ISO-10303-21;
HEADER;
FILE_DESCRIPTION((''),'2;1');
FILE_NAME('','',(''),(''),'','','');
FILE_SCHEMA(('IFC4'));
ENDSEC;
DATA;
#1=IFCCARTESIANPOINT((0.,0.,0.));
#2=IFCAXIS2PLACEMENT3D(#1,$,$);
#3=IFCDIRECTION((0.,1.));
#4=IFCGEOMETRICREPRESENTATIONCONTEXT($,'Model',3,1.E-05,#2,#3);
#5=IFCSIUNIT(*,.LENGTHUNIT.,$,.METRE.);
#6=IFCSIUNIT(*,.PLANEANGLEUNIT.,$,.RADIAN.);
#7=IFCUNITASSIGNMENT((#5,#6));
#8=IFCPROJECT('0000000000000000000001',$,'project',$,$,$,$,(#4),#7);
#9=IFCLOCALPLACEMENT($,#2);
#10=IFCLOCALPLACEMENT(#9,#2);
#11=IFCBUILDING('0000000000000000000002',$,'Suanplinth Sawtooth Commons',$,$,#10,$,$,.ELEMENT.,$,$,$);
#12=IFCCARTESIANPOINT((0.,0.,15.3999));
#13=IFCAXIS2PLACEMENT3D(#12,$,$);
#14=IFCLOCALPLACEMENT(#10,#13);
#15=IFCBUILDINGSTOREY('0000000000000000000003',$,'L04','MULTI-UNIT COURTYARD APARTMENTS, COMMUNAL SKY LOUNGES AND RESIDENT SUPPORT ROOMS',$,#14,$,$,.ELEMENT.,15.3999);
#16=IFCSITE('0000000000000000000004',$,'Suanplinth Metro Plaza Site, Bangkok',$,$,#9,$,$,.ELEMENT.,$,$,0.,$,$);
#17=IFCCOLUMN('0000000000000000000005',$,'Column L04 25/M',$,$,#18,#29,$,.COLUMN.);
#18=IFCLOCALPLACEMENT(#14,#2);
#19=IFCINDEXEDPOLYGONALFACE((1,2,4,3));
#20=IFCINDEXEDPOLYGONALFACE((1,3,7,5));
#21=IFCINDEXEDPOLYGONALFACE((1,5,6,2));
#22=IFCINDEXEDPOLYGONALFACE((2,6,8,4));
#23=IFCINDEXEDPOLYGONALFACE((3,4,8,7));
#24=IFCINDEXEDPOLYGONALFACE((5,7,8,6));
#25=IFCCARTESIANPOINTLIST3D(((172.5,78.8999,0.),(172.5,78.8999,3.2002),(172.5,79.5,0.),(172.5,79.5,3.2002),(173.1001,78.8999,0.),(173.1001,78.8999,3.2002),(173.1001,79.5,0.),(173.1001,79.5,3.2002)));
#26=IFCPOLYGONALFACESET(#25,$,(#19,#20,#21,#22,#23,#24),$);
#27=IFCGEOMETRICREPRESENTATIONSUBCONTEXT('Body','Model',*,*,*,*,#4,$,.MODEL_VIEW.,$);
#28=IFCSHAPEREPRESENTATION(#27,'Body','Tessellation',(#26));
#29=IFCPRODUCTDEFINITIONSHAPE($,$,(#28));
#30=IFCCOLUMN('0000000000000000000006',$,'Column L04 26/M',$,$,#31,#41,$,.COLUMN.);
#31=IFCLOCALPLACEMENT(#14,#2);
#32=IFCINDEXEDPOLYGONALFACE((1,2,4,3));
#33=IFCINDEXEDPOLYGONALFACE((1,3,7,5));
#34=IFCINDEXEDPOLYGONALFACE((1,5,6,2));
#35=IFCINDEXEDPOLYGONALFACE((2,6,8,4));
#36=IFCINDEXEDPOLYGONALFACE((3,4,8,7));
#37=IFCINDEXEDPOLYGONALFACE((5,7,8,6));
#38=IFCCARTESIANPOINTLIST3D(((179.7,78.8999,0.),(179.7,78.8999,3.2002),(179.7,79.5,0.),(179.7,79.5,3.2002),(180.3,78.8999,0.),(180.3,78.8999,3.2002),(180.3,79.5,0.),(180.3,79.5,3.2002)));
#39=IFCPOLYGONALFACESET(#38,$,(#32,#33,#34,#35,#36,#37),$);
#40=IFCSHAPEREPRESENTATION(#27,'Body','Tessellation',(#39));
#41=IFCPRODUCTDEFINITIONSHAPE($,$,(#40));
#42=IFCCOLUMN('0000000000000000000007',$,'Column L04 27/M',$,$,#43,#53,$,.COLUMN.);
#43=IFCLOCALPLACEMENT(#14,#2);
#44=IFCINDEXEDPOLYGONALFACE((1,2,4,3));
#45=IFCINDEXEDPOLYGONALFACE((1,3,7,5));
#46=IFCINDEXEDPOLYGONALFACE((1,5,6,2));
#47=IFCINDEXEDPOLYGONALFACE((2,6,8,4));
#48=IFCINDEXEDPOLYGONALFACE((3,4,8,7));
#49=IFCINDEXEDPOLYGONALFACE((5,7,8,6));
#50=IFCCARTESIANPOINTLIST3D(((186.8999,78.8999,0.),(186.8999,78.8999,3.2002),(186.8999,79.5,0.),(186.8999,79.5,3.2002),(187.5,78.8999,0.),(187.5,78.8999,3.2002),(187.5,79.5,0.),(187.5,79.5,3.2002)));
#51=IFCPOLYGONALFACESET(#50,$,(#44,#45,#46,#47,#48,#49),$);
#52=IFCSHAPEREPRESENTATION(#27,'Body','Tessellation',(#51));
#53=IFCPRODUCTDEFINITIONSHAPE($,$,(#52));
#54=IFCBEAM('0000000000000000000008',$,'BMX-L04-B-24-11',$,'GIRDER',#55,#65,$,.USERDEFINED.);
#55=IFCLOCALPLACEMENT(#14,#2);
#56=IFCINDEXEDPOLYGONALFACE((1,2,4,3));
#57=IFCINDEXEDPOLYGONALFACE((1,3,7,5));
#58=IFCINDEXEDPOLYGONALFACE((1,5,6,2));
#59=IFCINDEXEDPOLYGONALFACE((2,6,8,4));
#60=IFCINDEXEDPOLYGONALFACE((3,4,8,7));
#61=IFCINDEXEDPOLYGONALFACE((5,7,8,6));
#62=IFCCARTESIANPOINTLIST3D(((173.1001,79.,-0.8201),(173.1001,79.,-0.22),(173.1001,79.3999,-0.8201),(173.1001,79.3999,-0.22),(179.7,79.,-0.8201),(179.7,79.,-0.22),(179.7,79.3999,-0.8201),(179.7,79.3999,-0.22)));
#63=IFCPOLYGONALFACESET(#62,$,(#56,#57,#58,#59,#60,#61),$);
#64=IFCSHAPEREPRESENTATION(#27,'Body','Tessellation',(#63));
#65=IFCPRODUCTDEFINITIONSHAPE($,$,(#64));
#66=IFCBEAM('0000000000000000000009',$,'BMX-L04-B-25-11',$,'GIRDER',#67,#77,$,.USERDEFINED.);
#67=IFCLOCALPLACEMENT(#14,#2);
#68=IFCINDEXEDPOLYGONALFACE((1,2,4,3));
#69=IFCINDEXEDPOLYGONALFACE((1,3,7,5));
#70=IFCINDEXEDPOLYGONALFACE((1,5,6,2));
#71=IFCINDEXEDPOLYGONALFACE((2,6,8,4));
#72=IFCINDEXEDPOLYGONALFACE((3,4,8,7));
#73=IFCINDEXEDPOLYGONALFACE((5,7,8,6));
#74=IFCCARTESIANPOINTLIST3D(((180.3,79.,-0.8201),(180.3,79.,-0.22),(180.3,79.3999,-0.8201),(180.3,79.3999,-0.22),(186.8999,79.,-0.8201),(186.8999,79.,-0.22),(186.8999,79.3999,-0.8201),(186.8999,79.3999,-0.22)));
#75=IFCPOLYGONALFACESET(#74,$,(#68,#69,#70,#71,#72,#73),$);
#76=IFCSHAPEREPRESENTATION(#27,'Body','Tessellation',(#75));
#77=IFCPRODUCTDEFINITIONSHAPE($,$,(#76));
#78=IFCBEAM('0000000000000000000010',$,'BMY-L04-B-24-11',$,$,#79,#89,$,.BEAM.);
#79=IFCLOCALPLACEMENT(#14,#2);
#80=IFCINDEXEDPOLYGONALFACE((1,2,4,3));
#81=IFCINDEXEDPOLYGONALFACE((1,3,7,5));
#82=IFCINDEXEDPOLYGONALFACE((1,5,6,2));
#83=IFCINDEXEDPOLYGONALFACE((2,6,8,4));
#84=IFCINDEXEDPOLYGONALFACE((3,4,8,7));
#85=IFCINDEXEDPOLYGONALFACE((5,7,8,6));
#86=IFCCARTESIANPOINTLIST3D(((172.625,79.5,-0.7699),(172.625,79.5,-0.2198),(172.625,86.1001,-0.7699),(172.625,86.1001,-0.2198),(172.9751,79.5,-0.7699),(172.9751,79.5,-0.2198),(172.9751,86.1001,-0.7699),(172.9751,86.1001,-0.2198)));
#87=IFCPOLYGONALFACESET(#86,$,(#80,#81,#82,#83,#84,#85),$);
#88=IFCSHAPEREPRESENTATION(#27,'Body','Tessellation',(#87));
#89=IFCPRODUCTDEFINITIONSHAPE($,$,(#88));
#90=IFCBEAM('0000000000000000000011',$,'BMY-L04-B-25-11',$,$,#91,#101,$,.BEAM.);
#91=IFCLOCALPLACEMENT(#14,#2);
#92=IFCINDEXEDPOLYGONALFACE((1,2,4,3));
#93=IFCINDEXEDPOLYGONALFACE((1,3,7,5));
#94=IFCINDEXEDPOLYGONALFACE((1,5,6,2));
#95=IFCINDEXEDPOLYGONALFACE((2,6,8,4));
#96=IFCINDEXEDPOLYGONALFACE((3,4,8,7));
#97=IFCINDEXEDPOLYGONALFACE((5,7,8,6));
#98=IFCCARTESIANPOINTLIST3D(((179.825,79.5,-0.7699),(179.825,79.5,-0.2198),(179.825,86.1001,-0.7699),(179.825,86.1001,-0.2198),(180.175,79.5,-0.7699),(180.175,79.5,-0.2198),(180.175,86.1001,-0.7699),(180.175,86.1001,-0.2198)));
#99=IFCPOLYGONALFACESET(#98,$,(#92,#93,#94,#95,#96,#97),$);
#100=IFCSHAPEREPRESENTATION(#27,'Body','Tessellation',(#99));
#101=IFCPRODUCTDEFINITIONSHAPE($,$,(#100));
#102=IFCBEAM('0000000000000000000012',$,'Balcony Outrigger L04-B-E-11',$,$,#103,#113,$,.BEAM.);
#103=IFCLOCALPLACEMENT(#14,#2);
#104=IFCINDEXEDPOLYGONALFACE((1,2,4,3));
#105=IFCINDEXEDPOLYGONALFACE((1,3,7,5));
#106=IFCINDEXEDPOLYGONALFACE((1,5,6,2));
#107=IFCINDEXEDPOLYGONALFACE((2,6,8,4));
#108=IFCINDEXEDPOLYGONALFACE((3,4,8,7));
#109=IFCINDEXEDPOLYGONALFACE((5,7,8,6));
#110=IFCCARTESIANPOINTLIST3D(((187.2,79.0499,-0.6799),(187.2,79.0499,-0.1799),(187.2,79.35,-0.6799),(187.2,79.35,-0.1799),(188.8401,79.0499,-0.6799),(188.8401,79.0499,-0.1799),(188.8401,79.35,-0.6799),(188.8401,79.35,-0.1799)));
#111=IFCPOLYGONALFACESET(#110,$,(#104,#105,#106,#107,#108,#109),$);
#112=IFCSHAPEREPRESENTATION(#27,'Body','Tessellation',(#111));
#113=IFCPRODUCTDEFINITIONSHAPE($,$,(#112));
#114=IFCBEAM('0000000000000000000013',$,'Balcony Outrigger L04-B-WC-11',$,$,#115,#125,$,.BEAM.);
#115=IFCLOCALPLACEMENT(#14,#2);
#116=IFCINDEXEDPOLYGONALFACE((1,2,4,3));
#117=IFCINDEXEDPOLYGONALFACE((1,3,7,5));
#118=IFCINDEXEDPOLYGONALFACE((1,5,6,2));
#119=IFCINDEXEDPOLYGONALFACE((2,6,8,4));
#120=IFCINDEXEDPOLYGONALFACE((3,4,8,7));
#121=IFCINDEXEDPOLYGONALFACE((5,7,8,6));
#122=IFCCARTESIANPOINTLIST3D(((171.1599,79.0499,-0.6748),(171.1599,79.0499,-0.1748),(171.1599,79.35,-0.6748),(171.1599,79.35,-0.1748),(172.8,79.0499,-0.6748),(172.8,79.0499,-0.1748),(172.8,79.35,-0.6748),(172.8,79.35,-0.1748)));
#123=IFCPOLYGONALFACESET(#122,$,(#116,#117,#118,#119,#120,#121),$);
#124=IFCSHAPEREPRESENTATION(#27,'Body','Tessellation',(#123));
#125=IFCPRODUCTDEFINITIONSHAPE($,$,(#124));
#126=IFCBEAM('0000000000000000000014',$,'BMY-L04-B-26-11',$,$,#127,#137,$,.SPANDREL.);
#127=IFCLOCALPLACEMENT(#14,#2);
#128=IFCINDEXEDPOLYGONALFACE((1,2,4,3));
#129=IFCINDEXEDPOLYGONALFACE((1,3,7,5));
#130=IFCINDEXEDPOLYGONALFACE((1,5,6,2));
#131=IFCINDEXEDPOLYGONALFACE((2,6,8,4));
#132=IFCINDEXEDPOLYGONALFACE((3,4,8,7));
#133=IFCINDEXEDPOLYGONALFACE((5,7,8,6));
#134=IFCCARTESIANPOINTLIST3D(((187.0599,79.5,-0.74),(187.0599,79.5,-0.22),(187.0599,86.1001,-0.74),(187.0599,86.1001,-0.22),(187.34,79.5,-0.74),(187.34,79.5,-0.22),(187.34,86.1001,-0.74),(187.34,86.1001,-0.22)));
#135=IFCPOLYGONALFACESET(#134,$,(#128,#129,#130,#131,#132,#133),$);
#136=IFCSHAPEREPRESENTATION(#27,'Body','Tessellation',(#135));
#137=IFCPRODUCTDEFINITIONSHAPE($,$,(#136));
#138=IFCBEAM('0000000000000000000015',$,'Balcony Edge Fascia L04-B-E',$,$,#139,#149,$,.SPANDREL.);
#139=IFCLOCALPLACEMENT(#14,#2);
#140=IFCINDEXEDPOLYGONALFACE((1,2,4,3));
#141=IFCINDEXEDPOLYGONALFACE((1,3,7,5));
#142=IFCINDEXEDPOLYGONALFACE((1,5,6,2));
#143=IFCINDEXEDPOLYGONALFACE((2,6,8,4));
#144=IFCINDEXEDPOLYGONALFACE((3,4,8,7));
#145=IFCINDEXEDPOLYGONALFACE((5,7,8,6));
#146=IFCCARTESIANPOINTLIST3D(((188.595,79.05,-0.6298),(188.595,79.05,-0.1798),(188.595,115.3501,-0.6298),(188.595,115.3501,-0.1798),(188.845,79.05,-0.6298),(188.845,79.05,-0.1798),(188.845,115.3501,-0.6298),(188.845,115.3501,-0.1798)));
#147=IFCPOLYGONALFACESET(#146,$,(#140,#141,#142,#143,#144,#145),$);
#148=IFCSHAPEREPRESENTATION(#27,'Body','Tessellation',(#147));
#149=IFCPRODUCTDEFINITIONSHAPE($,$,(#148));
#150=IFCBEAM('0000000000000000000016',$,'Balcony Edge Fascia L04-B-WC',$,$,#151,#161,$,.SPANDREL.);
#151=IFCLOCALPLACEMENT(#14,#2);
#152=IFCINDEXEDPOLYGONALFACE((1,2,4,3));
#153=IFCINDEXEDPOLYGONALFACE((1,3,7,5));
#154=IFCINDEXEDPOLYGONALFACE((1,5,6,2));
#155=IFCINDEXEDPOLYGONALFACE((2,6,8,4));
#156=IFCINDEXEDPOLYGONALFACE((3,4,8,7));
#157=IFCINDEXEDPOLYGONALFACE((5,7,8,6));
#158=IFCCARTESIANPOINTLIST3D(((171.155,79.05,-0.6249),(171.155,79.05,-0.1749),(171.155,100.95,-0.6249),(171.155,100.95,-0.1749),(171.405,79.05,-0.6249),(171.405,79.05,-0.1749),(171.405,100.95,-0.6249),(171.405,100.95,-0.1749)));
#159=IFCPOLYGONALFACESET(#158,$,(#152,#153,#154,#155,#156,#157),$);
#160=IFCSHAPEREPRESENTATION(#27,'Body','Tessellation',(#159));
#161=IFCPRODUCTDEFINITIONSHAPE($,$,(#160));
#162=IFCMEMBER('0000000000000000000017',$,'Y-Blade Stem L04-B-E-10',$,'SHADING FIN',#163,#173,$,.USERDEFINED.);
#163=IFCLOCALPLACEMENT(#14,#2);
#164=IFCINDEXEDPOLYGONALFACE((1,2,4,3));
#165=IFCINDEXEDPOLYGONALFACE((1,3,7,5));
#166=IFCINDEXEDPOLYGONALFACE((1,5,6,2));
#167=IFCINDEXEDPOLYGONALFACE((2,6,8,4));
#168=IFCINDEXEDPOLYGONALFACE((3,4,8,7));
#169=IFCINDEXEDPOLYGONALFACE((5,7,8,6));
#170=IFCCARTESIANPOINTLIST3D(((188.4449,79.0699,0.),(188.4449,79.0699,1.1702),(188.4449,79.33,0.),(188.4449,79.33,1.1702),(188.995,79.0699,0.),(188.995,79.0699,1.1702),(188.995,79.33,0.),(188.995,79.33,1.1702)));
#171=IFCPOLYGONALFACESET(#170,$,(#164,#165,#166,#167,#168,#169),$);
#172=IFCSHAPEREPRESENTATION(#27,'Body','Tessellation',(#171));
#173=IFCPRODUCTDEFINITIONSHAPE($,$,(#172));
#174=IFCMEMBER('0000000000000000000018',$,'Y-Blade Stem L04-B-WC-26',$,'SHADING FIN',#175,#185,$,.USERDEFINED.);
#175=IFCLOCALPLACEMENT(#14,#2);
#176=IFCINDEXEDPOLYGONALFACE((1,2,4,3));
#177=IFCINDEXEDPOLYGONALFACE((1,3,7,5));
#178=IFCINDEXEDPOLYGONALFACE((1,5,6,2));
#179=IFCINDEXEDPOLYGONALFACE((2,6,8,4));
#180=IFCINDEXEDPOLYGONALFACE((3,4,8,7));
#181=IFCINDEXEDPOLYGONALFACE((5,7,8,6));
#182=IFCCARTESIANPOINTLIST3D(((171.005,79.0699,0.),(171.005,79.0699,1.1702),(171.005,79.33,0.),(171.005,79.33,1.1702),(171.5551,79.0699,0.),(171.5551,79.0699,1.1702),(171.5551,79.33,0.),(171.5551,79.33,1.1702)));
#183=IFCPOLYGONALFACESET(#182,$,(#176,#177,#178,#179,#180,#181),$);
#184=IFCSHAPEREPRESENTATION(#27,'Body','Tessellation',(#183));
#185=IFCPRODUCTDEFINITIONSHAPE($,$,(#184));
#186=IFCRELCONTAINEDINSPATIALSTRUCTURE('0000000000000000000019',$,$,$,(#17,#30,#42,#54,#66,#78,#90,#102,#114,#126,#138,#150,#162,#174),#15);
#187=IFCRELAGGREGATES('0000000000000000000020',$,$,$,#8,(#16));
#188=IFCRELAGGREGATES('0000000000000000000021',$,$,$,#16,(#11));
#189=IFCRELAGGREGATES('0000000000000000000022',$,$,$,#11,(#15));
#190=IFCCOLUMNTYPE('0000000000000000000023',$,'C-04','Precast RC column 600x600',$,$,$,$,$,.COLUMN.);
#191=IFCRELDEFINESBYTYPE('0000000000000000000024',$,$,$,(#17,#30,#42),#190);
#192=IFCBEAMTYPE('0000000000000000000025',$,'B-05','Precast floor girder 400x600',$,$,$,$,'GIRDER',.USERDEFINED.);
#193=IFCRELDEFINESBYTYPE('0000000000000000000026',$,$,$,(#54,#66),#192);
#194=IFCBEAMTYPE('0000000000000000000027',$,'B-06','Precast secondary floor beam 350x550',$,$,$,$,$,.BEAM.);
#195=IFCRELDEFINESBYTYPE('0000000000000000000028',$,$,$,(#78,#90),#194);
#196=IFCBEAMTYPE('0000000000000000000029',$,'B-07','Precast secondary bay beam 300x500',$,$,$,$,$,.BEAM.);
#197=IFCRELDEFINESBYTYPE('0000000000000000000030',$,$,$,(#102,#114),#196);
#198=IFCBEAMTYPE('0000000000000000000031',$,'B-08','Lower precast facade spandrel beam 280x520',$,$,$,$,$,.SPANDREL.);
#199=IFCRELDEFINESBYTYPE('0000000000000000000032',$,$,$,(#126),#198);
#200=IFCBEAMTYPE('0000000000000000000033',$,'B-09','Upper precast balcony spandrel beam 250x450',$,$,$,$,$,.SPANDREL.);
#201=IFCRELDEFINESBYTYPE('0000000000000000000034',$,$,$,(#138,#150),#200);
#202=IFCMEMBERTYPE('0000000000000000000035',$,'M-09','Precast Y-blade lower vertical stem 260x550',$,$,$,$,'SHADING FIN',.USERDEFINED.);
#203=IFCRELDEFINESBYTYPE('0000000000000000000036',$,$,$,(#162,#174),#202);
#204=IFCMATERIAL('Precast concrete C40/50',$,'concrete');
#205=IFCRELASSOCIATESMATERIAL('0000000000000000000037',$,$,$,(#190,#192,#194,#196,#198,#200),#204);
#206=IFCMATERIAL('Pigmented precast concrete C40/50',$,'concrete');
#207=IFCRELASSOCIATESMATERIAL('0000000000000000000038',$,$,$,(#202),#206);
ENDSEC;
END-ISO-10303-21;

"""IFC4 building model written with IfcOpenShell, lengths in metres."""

from ifc_helpers import new_model, si_unit, direction, frame, origin, origin_2d, place, context, subcontext, project, spatial, rectangle, extrude, material, material_profile, profile_set, type_object, element, save


model = new_model("IFC4")

# Units and contexts
model_context = context("Model", 3, precision=1e-05, world=origin(), true_north=direction((0.0, 1.0)))
body_context = subcontext(model_context, "Body", "Model", "MODEL_VIEW")
ifc_project = project(units=[si_unit("LENGTHUNIT", "METRE"), si_unit("PLANEANGLEUNIT", "RADIAN")], contexts=[model_context])

# Site, building, storey
site_placement = place(None, origin())
site = spatial("IfcSite", under=ifc_project, at=site_placement, Name="Suanplinth Metro Plaza Site, Bangkok", CompositionType="ELEMENT", RefElevation=0.0)
building_placement = place(site_placement, origin())
building = spatial("IfcBuilding", under=site, at=building_placement, Name="Suanplinth Sawtooth Commons", CompositionType="ELEMENT")
storey_placement = place(building_placement, frame((0.0, 0.0, 15.3999)))
storey = spatial("IfcBuildingStorey", under=building, at=storey_placement, Name="L04", Description="MULTI-UNIT COURTYARD APARTMENTS, COMMUNAL SKY LOUNGES AND RESIDENT SUPPORT ROOMS", CompositionType="ELEMENT", Elevation=15.3999)

# Columns
ifc_material_1 = material(Name="Precast concrete C40/50", Category="concrete")
ifc_material_profile_1 = material_profile(ifc_material_1, rectangle(XDim=0.6001, YDim=0.6001, at=origin_2d()), Name="PC-COL 600x600")
ifc_profile_set_1 = profile_set([ifc_material_profile_1], Name="Precast concrete C40/50")
column_type = type_object("IfcColumnType", Name="C-04", Description="Precast RC column 600x600", PredefinedType="COLUMN", material=ifc_profile_set_1)
for number, where, z_axis, x_axis, name in (
    (1, (172.8, 79.2, 0.0), (0.0, 0.0, 1.0), (1.0, 0.0, 0.0), "Column L04 25/M"),
    (2, (180.0, 79.2, 0.0), (0.0, 0.0, 1.0), (1.0, 0.0, 0.0), "Column L04 26/M"),
    (3, (187.2, 79.2, 0.0), (0.0, 0.0, 1.0), (1.0, 0.0, 0.0), "Column L04 27/M"),
):
    element("IfcColumn", number, at=place(storey_placement, frame(where, z_axis=z_axis, x_axis=x_axis)), inside=storey, type_object=column_type, Name=name, PredefinedType="COLUMN", context=body_context, shape_type="SweptSolid", body=[
        extrude(rectangle(XDim=0.6001, YDim=0.6001, at=origin_2d()), origin(), (0.0, 0.0, 1.0), 3.2002),
    ])

# Beams
ifc_material_profile_2 = material_profile(ifc_material_1, rectangle(XDim=0.3999, YDim=0.6001, at=origin_2d()), Name="PC-GDR 400x600")
ifc_profile_set_2 = profile_set([ifc_material_profile_2], Name="Precast concrete C40/50")
beam_type_1 = type_object("IfcBeamType", Name="B-05", Description="Precast floor girder 400x600", ElementType="GIRDER", PredefinedType="USERDEFINED", material=ifc_profile_set_2)
for number, where, z_axis, x_axis, name in (
    (4, (173.1001, 79.2, -0.52), (1.0, 0.0, 0.0), (0.0, 1.0, 0.0), "BMX-L04-B-24-11"),
    (5, (180.3, 79.2, -0.52), (1.0, 0.0, 0.0), (0.0, 1.0, 0.0), "BMX-L04-B-25-11"),
):
    element("IfcBeam", number, at=place(storey_placement, frame(where, z_axis=z_axis, x_axis=x_axis)), inside=storey, type_object=beam_type_1, Name=name, ObjectType="GIRDER", PredefinedType="USERDEFINED", context=body_context, shape_type="SweptSolid", body=[
        extrude(rectangle(XDim=0.3999, YDim=0.6001, at=origin_2d()), origin(), (0.0, 0.0, 1.0), 6.5999),
    ])
ifc_material_profile_3 = material_profile(ifc_material_1, rectangle(XDim=0.3501, YDim=0.55, at=origin_2d()), Name="PC-BM 350x550")
ifc_profile_set_3 = profile_set([ifc_material_profile_3], Name="Precast concrete C40/50")
beam_type_2 = type_object("IfcBeamType", Name="B-06", Description="Precast secondary floor beam 350x550", PredefinedType="BEAM", material=ifc_profile_set_3)
for number, where, z_axis, x_axis, name in (
    (6, (172.8, 79.5, -0.4949), (0.0, 1.0, 0.0), (-1.0, 0.0, 0.0), "BMY-L04-B-24-11"),
    (7, (180.0, 79.5, -0.4949), (0.0, 1.0, 0.0), (-1.0, 0.0, 0.0), "BMY-L04-B-25-11"),
):
    element("IfcBeam", number, at=place(storey_placement, frame(where, z_axis=z_axis, x_axis=x_axis)), inside=storey, type_object=beam_type_2, Name=name, PredefinedType="BEAM", context=body_context, shape_type="SweptSolid", body=[
        extrude(rectangle(XDim=0.3501, YDim=0.55, at=origin_2d()), origin(), (0.0, 0.0, 1.0), 6.6001),
    ])
ifc_material_profile_4 = material_profile(ifc_material_1, rectangle(XDim=0.3, YDim=0.5, at=origin_2d()), Name="PC-BM 300x500")
ifc_profile_set_4 = profile_set([ifc_material_profile_4], Name="Precast concrete C40/50")
beam_type_3 = type_object("IfcBeamType", Name="B-07", Description="Precast secondary bay beam 300x500", PredefinedType="BEAM", material=ifc_profile_set_4)
for number, where, z_axis, x_axis, name in (
    (8, (187.2, 79.2, -0.4299), (1.0, 0.0, 0.0), (0.0, 1.0, 0.0), "Balcony Outrigger L04-B-E-11"),
    (9, (172.8, 79.2, -0.4248), (-1.0, 0.0, 0.0), (0.0, -1.0, 0.0), "Balcony Outrigger L04-B-WC-11"),
):
    element("IfcBeam", number, at=place(storey_placement, frame(where, z_axis=z_axis, x_axis=x_axis)), inside=storey, type_object=beam_type_3, Name=name, PredefinedType="BEAM", context=body_context, shape_type="SweptSolid", body=[
        extrude(rectangle(XDim=0.3, YDim=0.5, at=origin_2d()), origin(), (0.0, 0.0, 1.0), 1.6401),
    ])
ifc_material_profile_5 = material_profile(ifc_material_1, rectangle(XDim=0.28, YDim=0.52, at=origin_2d()), Name="PC-SP 280x520")
ifc_profile_set_5 = profile_set([ifc_material_profile_5], Name="Precast concrete C40/50")
beam_type_4 = type_object("IfcBeamType", Name="B-08", Description="Lower precast facade spandrel beam 280x520", PredefinedType="SPANDREL", material=ifc_profile_set_5)
beam_1_placement = place(storey_placement, frame((187.2, 79.5, -0.48), z_axis=(0.0, 1.0, 0.0), x_axis=(-1.0, 0.0, 0.0)))
element("IfcBeam", 10, at=beam_1_placement, inside=storey, type_object=beam_type_4, Name="BMY-L04-B-26-11", PredefinedType="SPANDREL", context=body_context, shape_type="SweptSolid", body=[
    extrude(rectangle(XDim=0.28, YDim=0.52, at=origin_2d()), origin(), (0.0, 0.0, 1.0), 6.6001),
])
ifc_material_profile_6 = material_profile(ifc_material_1, rectangle(XDim=0.25, YDim=0.45, at=origin_2d()), Name="PC-SP 250x450")
ifc_profile_set_6 = profile_set([ifc_material_profile_6], Name="Precast concrete C40/50")
beam_type_5 = type_object("IfcBeamType", Name="B-09", Description="Upper precast balcony spandrel beam 250x450", PredefinedType="SPANDREL", material=ifc_profile_set_6)
beam_2_placement = place(storey_placement, frame((188.72, 79.05, -0.4048), z_axis=(0.0, 1.0, 0.0), x_axis=(-1.0, 0.0, 0.0)))
element("IfcBeam", 11, at=beam_2_placement, inside=storey, type_object=beam_type_5, Name="Balcony Edge Fascia L04-B-E", PredefinedType="SPANDREL", context=body_context, shape_type="SweptSolid", body=[
    extrude(rectangle(XDim=0.25, YDim=0.45, at=origin_2d()), origin(), (0.0, 0.0, 1.0), 36.3),
])
beam_3_placement = place(storey_placement, frame((171.28, 79.05, -0.3999), z_axis=(0.0, 1.0, 0.0), x_axis=(-1.0, 0.0, 0.0)))
element("IfcBeam", 12, at=beam_3_placement, inside=storey, type_object=beam_type_5, Name="Balcony Edge Fascia L04-B-WC", PredefinedType="SPANDREL", context=body_context, shape_type="SweptSolid", body=[
    extrude(rectangle(XDim=0.25, YDim=0.45, at=origin_2d()), origin(), (0.0, 0.0, 1.0), 21.8999),
])

# Members
ifc_material_2 = material(Name="Pigmented precast concrete C40/50", Category="concrete")
ifc_material_profile_7 = material_profile(ifc_material_2, rectangle(XDim=0.26, YDim=0.55, at=origin_2d()), Name="PC-FIN 260x550")
ifc_profile_set_7 = profile_set([ifc_material_profile_7], Name="Pigmented precast concrete C40/50")
member_type_1 = type_object("IfcMemberType", Name="M-09", Description="Precast Y-blade lower vertical stem 260x550", ElementType="SHADING FIN", PredefinedType="USERDEFINED", material=ifc_profile_set_7)
for number, where, z_axis, x_axis, name in (
    (13, (188.72, 79.2, 0.0), (0.0, 0.0, 1.0), (0.0, 1.0, 0.0), "Y-Blade Stem L04-B-E-10"),
    (14, (171.28, 79.2, 0.0), (0.0, 0.0, 1.0), (0.0, 1.0, 0.0), "Y-Blade Stem L04-B-WC-26"),
):
    element("IfcMember", number, at=place(storey_placement, frame(where, z_axis=z_axis, x_axis=x_axis)), inside=storey, type_object=member_type_1, Name=name, ObjectType="SHADING FIN", PredefinedType="USERDEFINED", context=body_context, shape_type="SweptSolid", body=[
        extrude(rectangle(XDim=0.26, YDim=0.55, at=origin_2d()), origin(), (0.0, 0.0, 1.0), 1.1702),
    ])

save(model, "model.ifc")
